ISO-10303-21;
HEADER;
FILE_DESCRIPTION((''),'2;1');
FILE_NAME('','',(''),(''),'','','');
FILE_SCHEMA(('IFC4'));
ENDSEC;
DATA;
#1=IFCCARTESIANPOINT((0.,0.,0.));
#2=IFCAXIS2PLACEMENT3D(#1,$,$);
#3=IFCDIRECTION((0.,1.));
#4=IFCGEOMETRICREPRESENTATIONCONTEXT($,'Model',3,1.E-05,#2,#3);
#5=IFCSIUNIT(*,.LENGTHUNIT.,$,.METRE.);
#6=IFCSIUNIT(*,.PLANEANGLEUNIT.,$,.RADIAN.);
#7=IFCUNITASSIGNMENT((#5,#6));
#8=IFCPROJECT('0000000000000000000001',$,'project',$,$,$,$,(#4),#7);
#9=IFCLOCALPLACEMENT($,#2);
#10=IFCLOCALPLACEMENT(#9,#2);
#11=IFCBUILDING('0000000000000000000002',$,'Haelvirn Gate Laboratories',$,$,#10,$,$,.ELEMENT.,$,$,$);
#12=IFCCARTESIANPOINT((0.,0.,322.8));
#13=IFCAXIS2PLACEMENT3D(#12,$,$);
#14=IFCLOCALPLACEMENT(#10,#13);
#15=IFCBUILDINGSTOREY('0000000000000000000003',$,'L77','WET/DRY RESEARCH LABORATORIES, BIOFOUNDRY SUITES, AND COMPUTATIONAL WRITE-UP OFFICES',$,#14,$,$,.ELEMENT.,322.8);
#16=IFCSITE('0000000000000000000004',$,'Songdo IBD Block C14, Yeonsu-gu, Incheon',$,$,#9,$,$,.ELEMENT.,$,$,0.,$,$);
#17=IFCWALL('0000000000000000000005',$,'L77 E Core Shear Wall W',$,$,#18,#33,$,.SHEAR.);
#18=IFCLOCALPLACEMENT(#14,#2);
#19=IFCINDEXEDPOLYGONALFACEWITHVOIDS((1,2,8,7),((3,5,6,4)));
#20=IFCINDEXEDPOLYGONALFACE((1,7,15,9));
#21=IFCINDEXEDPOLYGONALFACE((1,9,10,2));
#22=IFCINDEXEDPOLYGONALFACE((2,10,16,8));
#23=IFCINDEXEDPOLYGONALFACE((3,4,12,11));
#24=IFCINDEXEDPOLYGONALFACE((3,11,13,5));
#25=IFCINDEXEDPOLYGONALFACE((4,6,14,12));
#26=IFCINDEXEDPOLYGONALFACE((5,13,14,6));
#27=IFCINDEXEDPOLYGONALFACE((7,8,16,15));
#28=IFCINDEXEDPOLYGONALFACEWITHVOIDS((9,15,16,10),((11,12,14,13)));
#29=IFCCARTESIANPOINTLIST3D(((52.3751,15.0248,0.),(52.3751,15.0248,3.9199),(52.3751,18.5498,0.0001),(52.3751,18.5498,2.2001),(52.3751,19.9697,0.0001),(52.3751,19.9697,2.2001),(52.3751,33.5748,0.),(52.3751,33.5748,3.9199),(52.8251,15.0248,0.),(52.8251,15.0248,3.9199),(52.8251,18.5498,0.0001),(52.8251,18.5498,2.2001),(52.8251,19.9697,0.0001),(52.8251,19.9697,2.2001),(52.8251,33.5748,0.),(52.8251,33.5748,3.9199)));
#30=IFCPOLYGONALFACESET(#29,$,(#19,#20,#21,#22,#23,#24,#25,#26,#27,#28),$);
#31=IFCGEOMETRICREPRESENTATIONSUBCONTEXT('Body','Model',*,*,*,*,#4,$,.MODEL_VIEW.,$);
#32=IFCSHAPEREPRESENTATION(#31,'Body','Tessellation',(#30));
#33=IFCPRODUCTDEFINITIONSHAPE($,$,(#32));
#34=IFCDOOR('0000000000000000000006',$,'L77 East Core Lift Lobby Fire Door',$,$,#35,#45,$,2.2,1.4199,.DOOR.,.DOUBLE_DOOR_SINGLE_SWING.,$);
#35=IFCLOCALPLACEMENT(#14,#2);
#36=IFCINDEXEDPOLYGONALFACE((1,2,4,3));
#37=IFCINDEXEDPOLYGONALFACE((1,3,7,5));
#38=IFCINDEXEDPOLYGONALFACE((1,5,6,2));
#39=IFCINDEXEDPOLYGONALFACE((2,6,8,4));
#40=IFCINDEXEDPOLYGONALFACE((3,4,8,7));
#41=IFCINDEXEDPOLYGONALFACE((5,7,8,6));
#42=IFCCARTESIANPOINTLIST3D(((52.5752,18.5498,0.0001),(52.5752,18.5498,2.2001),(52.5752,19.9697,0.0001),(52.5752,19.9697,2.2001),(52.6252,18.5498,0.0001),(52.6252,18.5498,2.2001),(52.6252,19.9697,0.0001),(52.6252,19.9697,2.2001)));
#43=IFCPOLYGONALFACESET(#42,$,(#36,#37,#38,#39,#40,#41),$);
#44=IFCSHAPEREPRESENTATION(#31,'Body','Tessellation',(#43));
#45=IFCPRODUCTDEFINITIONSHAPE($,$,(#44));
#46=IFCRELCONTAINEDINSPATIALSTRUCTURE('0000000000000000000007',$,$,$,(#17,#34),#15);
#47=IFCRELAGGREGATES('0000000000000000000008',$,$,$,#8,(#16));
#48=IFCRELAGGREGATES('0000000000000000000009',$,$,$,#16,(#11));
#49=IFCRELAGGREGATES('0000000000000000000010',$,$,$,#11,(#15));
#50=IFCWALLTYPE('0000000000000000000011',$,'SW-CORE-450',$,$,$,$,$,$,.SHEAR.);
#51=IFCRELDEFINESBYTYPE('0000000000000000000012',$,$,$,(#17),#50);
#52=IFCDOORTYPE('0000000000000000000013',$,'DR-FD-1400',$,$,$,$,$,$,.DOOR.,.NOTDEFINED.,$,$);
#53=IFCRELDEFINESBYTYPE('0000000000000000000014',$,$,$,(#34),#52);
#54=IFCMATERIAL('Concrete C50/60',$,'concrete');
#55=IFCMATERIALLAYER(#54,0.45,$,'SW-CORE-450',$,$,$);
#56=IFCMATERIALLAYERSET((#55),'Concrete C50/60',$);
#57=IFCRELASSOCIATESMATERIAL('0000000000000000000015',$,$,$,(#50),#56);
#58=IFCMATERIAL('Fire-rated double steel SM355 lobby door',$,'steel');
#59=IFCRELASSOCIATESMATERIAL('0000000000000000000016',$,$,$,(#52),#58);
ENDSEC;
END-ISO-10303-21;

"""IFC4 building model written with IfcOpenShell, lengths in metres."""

from ifc_helpers import new_model, si_unit, direction, frame, frame_2d, origin, place, context, subcontext, project, spatial, rectangle, extrude, source, transform, mapped, material, layer, layer_set, type_object, type_shapes, element, fill, save


model = new_model("IFC4")

# Units and contexts
model_context = context("Model", 3, precision=1e-05, world=origin(), true_north=direction((0.0, 1.0)))
body_context = subcontext(model_context, "Body", "Model", "MODEL_VIEW")
ifc_project = project(units=[si_unit("LENGTHUNIT", "METRE"), si_unit("PLANEANGLEUNIT", "RADIAN")], contexts=[model_context])

# Site, building, storey
site_placement = place(None, origin())
site = spatial("IfcSite", under=ifc_project, at=site_placement, Name="Songdo IBD Block C14, Yeonsu-gu, Incheon", CompositionType="ELEMENT", RefElevation=0.0)
building_placement = place(site_placement, origin())
building = spatial("IfcBuilding", under=site, at=building_placement, Name="Haelvirn Gate Laboratories", CompositionType="ELEMENT")
storey_placement = place(building_placement, frame((0.0, 0.0, 322.8)))
storey = spatial("IfcBuildingStorey", under=building, at=storey_placement, Name="L77", Description="WET/DRY RESEARCH LABORATORIES, BIOFOUNDRY SUITES, AND COMPUTATIONAL WRITE-UP OFFICES", CompositionType="ELEMENT", Elevation=322.8)

# Shared definitions
ifc_material_1 = material(Name="Concrete C50/60", Category="concrete")

# Shared definitions
ifc_layer_1 = layer(ifc_material_1, 0.45, Name="SW-CORE-450")
ifc_layer_set_1 = layer_set([ifc_layer_1], Name="Concrete C50/60")
wall_type_1 = type_object("IfcWallType", Name="SW-CORE-450", PredefinedType="SHEAR", material=ifc_layer_set_1)

# Wall, opening, door
wall_1_placement = place(storey_placement, frame((52.6001, 15.0249, 0.0), z_axis=(0.0, 0.0, 1.0), x_axis=(0.0, 1.0, 0.0)))
wall_1 = element("IfcWall", 1, at=wall_1_placement, inside=storey, type_object=wall_type_1, Name="L77 E Core Shear Wall W", PredefinedType="SHEAR", context=body_context, shape_type="SweptSolid", body=[
    extrude(rectangle(XDim=18.55, YDim=0.45, at=frame_2d((9.2749, 0.0))), origin(), (0.0, 0.0, 1.0), 3.9199),
])
opening_1_placement = place(wall_1_placement, frame((3.5249, 0.0, 0.0)))
opening_1 = element("IfcOpeningElement", 2, at=opening_1_placement, cuts=wall_1, PredefinedType="OPENING", context=body_context, shape_type="SweptSolid", body=[
    extrude(rectangle(XDim=1.4199, YDim=2.2, at=frame_2d((0.71, 1.1001))), frame((0.0, 0.2349, 0.0), z_axis=(0.0, -1.0, 0.0), x_axis=(1.0, 0.0, 0.0)), (0.0, 0.0, 1.0), 0.47),
])
ifc_material_2 = material(Name="Fire-rated double steel SM355 lobby door", Category="steel")
door_type_1 = type_object("IfcDoorType", Name="DR-FD-1400", OperationType="NOTDEFINED", PredefinedType="DOOR", material=ifc_material_2)
shared_shape_1 = source(origin(), body_context, "Body", "SweptSolid", [
    extrude(rectangle(XDim=1.4199, YDim=2.2, at=frame_2d((0.71, 1.1001))), frame((0.0, 0.0249, 0.0), z_axis=(0.0, -1.0, 0.0), x_axis=(1.0, 0.0, 0.0)), (0.0, 0.0, 1.0), 0.05),
])
type_shapes(door_type_1, [shared_shape_1])
door_1_placement = place(opening_1_placement, origin())
door_1 = element("IfcDoor", 3, at=door_1_placement, inside=storey, type_object=door_type_1, Name="L77 East Core Lift Lobby Fire Door", OperationType="DOUBLE_DOOR_SINGLE_SWING", OverallHeight=2.2, OverallWidth=1.4199, PredefinedType="DOOR", context=body_context, shape_type="MappedRepresentation", body=[
    mapped(shared_shape_1, transform((0.0, 0.0, 0.0), scale=1.0)),
])
fill(opening_1, door_1)

save(model, "model.ifc")
